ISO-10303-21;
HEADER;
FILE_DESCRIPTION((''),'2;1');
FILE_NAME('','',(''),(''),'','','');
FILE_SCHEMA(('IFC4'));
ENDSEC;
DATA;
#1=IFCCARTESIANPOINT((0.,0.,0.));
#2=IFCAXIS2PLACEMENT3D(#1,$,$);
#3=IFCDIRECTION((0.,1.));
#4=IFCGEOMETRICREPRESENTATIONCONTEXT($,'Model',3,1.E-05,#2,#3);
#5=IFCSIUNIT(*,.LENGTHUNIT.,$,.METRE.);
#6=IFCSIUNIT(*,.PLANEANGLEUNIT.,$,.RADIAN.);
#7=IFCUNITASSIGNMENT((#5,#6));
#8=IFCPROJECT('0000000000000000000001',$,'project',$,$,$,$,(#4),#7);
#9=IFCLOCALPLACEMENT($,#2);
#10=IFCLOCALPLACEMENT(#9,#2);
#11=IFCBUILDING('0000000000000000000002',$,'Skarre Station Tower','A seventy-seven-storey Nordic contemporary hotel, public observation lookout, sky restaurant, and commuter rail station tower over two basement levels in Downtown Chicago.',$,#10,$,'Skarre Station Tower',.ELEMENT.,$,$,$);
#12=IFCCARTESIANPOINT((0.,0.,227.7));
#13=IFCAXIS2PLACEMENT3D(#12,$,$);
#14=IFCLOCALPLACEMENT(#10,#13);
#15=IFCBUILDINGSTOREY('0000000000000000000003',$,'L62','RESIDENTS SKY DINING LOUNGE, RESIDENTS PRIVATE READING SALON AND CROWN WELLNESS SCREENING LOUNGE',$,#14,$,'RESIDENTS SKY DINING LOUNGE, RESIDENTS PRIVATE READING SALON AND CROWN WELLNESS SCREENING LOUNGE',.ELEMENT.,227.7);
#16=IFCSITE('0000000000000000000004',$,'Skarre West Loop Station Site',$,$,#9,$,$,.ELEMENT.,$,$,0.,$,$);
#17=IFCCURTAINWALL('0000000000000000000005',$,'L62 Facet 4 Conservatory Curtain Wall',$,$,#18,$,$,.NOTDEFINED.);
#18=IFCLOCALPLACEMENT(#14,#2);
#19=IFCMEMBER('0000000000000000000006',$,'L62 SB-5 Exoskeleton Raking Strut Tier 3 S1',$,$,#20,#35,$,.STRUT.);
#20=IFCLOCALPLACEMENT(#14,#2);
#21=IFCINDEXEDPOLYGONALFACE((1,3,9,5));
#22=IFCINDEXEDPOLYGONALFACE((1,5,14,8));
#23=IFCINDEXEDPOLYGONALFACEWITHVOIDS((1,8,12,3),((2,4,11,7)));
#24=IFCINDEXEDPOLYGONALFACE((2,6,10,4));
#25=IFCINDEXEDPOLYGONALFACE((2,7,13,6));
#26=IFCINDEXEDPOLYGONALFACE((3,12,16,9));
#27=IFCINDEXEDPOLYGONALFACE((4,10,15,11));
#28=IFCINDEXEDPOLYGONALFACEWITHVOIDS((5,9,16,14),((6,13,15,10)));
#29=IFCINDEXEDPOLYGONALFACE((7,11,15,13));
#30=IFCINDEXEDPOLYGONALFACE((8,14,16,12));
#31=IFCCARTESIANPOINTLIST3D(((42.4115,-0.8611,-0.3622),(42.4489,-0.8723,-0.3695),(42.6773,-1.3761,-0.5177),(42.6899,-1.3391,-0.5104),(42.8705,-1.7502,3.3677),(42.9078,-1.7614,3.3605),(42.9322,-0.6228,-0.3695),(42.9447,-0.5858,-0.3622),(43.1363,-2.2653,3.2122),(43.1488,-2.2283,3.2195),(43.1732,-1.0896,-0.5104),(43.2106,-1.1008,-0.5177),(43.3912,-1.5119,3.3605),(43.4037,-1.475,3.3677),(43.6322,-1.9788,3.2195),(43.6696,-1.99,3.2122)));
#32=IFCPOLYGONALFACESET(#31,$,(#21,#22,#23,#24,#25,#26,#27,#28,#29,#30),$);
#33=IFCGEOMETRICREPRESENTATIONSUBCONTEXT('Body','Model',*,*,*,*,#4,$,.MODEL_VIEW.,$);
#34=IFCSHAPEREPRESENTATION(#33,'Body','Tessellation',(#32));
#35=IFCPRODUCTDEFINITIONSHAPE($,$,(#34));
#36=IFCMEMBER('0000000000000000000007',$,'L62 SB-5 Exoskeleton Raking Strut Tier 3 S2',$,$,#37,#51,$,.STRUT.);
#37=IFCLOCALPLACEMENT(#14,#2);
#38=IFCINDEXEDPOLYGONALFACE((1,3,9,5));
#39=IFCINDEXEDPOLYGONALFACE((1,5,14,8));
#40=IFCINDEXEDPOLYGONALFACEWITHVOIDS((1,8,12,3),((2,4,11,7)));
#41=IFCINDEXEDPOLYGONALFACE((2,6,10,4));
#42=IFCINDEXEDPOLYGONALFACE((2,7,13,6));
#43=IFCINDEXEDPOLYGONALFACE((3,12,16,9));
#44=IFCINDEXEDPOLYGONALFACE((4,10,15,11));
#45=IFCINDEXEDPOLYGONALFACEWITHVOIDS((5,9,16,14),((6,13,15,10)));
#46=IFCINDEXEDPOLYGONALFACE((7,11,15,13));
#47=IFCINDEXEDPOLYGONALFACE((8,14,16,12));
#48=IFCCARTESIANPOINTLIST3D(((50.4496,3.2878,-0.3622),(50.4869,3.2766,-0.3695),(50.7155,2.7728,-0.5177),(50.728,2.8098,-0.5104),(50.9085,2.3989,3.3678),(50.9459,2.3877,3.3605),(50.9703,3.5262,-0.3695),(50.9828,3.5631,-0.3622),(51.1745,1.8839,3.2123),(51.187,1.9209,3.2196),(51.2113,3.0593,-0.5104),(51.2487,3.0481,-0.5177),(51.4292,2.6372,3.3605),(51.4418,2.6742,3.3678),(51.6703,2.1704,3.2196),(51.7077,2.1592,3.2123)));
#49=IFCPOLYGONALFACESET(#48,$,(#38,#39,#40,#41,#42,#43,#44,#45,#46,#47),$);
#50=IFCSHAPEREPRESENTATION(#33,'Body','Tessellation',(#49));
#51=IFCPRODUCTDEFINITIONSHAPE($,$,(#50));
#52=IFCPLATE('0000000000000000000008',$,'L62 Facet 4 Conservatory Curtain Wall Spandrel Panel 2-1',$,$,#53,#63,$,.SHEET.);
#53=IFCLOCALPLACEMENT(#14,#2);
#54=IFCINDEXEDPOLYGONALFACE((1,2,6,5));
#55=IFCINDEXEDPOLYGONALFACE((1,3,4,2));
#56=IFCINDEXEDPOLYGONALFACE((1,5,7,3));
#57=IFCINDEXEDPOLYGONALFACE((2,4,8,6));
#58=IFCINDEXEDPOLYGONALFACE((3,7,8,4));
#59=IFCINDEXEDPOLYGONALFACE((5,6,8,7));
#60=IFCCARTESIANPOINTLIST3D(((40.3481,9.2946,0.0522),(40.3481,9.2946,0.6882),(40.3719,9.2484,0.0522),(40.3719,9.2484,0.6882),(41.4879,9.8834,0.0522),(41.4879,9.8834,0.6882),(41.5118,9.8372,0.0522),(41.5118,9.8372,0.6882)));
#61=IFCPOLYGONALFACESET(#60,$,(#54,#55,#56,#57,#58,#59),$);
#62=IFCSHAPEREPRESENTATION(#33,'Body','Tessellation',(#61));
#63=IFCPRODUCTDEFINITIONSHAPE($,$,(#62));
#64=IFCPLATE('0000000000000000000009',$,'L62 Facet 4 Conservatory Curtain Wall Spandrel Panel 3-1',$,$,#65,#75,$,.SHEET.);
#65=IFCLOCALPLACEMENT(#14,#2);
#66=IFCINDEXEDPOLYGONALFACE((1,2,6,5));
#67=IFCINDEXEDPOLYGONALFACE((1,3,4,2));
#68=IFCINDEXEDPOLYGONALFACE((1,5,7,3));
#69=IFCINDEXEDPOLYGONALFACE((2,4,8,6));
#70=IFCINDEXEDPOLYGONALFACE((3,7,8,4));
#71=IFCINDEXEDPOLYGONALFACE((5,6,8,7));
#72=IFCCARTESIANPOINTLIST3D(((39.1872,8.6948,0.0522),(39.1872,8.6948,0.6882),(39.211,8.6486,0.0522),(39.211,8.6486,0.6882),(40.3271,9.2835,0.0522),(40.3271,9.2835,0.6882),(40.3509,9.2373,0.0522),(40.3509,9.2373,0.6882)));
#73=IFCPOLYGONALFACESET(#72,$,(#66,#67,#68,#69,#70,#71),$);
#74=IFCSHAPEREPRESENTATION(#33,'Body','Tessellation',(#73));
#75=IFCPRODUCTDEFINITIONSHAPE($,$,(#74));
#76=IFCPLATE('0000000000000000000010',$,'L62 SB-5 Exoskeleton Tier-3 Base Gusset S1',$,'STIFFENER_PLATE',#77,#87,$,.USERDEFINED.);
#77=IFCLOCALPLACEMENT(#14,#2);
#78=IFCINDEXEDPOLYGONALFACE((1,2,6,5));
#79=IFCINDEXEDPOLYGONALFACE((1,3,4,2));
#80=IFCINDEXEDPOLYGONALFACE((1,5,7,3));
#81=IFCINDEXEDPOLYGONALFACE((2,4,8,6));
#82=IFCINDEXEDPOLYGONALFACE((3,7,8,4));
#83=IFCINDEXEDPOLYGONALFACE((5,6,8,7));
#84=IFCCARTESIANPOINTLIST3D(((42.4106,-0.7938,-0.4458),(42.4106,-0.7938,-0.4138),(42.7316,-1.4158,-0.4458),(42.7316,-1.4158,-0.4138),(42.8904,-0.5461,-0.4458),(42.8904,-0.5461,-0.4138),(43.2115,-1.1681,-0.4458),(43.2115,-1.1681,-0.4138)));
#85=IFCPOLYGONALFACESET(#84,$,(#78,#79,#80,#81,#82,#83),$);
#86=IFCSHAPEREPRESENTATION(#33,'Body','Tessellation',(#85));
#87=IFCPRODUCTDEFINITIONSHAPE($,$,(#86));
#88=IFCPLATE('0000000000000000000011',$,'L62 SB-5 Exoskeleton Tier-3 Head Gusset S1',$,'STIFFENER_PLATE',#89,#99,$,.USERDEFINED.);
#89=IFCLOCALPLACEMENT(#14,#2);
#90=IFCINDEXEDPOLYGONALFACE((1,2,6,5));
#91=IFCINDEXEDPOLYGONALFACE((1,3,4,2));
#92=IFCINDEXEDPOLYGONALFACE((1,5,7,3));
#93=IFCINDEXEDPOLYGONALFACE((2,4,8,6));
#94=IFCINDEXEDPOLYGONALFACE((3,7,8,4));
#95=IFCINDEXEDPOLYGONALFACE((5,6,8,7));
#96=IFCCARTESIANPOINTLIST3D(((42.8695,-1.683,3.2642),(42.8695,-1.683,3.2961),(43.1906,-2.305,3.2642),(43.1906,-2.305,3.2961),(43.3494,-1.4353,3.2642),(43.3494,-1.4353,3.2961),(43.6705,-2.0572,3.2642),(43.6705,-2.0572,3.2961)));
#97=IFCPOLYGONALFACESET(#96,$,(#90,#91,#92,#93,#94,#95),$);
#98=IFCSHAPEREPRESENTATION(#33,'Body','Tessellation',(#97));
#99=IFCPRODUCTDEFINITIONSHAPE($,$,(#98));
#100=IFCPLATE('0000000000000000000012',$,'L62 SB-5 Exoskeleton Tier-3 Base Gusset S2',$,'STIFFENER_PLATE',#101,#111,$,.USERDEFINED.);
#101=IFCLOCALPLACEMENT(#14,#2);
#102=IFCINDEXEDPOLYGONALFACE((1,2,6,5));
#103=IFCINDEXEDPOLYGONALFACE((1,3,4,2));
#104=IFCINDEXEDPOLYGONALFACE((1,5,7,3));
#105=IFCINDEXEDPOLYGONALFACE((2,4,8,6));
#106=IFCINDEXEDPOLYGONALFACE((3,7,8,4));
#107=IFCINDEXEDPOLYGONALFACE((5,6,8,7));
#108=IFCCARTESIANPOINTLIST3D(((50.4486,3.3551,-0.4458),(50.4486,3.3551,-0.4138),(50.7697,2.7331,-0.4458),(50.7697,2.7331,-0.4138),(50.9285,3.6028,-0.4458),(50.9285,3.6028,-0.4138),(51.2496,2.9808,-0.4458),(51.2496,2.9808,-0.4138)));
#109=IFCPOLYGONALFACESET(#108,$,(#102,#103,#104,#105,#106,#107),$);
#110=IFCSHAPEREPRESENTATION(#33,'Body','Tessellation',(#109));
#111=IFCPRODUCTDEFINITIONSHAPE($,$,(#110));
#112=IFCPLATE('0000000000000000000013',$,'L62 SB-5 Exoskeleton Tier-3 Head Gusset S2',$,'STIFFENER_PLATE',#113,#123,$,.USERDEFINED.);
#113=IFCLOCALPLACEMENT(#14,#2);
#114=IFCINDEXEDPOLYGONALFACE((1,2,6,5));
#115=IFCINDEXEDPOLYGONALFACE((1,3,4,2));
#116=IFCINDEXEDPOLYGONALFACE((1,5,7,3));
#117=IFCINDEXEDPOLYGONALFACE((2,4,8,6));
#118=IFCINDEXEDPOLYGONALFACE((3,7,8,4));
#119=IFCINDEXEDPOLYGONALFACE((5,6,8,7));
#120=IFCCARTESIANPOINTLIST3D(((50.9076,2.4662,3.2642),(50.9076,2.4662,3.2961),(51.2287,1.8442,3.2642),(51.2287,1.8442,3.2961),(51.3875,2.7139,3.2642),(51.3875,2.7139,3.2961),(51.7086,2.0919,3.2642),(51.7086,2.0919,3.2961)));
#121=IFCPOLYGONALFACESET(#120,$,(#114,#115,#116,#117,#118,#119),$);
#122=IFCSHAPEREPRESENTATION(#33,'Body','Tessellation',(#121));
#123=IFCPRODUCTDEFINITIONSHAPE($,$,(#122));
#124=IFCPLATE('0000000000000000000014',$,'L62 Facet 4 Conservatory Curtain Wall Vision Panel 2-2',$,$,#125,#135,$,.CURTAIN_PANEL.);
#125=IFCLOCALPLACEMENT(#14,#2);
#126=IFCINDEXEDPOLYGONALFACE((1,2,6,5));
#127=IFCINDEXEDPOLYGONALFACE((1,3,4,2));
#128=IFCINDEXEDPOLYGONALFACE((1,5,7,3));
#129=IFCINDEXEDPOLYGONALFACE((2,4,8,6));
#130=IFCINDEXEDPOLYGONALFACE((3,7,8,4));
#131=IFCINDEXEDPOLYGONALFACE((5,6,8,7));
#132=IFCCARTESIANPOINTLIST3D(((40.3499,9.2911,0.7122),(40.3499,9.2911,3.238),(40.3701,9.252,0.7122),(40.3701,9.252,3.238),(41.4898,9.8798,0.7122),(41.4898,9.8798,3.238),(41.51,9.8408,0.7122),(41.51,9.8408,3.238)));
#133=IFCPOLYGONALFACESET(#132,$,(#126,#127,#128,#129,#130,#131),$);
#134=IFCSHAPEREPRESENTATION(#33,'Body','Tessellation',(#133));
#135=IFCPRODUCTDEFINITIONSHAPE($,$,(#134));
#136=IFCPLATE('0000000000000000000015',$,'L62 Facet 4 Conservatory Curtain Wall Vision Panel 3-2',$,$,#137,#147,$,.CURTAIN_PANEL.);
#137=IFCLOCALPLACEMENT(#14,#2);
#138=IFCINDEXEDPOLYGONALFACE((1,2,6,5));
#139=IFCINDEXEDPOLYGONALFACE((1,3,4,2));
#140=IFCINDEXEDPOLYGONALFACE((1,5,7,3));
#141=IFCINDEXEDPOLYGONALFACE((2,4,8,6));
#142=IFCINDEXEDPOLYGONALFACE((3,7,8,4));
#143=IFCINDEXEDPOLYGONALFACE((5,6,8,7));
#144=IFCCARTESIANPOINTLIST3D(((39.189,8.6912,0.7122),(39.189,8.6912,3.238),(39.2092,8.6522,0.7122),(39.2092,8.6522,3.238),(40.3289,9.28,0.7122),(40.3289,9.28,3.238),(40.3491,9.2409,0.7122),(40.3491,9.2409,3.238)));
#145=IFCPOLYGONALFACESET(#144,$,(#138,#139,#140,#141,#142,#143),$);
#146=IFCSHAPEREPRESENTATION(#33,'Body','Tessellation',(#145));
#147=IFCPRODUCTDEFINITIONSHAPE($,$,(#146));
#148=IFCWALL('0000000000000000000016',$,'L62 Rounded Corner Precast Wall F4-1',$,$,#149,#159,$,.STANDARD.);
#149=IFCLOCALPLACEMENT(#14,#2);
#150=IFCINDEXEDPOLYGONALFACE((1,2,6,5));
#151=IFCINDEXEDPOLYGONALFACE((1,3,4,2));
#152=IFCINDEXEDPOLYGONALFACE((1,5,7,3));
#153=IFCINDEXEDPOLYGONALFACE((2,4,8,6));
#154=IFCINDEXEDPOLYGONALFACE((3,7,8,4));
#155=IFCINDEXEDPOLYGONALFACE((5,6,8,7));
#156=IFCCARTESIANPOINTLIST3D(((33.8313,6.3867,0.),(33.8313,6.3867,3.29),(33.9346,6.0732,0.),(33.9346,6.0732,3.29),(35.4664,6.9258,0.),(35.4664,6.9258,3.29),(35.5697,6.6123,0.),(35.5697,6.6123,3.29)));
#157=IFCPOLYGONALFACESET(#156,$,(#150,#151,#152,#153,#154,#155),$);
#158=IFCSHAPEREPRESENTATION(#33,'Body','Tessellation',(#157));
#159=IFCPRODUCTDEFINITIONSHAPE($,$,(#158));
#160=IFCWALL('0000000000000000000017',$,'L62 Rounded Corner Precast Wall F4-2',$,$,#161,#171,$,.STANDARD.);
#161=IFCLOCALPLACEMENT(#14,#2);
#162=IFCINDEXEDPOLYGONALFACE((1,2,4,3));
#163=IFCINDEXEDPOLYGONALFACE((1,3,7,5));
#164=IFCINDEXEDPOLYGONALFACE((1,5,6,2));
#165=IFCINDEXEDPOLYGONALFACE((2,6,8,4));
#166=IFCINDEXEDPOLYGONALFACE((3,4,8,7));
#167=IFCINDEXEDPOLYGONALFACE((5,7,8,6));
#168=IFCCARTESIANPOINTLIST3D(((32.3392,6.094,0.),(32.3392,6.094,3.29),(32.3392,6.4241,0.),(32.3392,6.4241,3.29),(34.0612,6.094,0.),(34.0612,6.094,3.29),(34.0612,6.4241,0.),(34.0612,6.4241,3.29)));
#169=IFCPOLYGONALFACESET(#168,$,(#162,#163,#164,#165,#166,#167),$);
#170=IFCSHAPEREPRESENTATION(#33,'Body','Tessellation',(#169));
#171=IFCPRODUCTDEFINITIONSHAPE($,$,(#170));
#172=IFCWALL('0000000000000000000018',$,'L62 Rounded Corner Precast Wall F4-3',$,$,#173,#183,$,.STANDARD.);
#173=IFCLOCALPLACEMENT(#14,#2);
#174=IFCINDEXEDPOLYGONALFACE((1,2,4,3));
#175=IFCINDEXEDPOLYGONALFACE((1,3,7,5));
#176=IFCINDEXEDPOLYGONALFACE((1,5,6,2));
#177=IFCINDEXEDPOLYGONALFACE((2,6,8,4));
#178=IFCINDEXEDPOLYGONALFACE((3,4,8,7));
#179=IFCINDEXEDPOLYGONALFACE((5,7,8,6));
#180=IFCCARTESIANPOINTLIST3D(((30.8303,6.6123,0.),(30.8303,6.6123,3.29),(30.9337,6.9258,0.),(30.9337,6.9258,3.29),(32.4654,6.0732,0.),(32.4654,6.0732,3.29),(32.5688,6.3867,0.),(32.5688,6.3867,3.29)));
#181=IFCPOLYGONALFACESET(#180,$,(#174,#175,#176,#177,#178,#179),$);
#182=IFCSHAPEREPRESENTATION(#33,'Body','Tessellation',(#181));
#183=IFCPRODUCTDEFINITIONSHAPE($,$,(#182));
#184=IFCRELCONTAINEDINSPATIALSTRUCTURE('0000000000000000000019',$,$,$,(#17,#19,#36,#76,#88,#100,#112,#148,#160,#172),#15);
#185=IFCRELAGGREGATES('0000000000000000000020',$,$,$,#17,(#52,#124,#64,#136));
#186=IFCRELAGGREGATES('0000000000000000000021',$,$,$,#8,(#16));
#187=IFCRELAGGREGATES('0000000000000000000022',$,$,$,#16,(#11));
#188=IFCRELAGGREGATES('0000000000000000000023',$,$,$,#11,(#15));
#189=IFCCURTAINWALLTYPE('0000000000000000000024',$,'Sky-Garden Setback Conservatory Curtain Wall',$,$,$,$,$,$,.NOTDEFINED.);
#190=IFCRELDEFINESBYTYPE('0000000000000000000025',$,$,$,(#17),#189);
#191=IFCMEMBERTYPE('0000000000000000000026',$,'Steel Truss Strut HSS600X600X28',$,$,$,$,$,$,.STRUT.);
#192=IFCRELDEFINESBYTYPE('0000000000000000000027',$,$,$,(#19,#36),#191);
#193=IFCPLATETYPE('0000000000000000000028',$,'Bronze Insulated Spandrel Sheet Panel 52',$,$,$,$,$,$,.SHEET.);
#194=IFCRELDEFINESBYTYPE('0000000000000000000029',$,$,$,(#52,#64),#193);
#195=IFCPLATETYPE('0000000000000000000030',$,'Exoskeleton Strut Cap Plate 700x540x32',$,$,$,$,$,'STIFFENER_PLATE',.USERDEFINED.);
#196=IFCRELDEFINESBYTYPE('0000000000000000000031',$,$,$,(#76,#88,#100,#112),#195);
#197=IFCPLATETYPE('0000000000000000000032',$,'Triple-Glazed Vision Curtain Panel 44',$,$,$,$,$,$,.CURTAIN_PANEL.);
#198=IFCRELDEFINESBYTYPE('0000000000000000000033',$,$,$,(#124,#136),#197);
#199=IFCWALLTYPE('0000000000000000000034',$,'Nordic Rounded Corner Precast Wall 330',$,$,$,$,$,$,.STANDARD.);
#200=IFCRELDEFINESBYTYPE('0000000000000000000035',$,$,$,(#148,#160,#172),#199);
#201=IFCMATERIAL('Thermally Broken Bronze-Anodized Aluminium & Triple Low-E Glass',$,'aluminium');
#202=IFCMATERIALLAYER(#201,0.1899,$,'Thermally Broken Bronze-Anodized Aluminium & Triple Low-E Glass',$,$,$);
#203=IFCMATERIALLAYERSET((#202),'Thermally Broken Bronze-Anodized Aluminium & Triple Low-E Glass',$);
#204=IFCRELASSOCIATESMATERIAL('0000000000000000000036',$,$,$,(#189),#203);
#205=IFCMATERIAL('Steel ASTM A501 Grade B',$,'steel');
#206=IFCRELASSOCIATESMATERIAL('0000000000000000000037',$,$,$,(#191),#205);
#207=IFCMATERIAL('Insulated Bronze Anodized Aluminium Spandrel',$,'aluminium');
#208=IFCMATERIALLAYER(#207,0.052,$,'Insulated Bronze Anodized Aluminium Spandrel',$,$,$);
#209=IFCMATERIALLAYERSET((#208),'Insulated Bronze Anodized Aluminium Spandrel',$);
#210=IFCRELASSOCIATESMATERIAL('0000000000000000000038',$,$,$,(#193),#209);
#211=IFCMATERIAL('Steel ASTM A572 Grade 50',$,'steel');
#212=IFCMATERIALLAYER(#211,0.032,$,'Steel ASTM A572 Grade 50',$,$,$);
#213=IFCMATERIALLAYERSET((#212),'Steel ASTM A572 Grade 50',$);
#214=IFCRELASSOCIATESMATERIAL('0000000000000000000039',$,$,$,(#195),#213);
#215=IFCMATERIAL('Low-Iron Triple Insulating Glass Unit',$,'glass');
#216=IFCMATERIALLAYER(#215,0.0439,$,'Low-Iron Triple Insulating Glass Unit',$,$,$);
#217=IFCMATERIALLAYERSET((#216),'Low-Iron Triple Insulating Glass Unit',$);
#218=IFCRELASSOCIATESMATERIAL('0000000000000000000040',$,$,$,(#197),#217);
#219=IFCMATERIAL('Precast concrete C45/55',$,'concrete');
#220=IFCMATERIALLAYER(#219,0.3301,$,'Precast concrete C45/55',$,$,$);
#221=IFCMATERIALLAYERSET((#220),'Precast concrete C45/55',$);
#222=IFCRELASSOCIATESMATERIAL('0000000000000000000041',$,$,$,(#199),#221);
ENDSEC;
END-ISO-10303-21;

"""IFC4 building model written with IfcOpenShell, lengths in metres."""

from ifc_helpers import new_model, si_unit, direction, frame, frame_2d, origin, origin_2d, place, context, subcontext, project, spatial, rectangle, hollow_rectangle, extrude, material, layer, layer_set, material_profile, profile_set, type_object, element, aggregate, save


model = new_model("IFC4")

# Units and contexts
model_context = context("Model", 3, precision=1e-05, world=origin(), true_north=direction((0.0, 1.0)))
body_context = subcontext(model_context, "Body", "Model", "MODEL_VIEW")
ifc_project = project(units=[si_unit("LENGTHUNIT", "METRE"), si_unit("PLANEANGLEUNIT", "RADIAN")], contexts=[model_context])

# Site, building, storey
site_placement = place(None, origin())
site = spatial("IfcSite", under=ifc_project, at=site_placement, Name="Skarre West Loop Station Site", CompositionType="ELEMENT", RefElevation=0.0)
building_placement = place(site_placement, origin())
building = spatial("IfcBuilding", under=site, at=building_placement, Name="Skarre Station Tower", Description="A seventy-seven-storey Nordic contemporary hotel, public observation lookout, sky restaurant, and commuter rail station tower over two basement levels in Downtown Chicago.", LongName="Skarre Station Tower", CompositionType="ELEMENT")
storey_placement = place(building_placement, frame((0.0, 0.0, 227.7)))
storey = spatial("IfcBuildingStorey", under=building, at=storey_placement, Name="L62", Description="RESIDENTS SKY DINING LOUNGE, RESIDENTS PRIVATE READING SALON AND CROWN WELLNESS SCREENING LOUNGE", LongName="RESIDENTS SKY DINING LOUNGE, RESIDENTS PRIVATE READING SALON AND CROWN WELLNESS SCREENING LOUNGE", CompositionType="ELEMENT", Elevation=227.7)

# Curtain wall
ifc_material_1 = material(Name="Thermally Broken Bronze-Anodized Aluminium & Triple Low-E Glass", Category="aluminium")
ifc_layer_1 = layer(ifc_material_1, 0.1899, Name="Thermally Broken Bronze-Anodized Aluminium & Triple Low-E Glass")
ifc_layer_set_1 = layer_set([ifc_layer_1], Name="Thermally Broken Bronze-Anodized Aluminium & Triple Low-E Glass")
curtain_wall_type = type_object("IfcCurtainWallType", Name="Sky-Garden Setback Conservatory Curtain Wall", PredefinedType="NOTDEFINED", material=ifc_layer_set_1)
curtain_wall_placement = place(storey_placement, origin())
curtain_wall = element("IfcCurtainWall", 1, at=curtain_wall_placement, inside=storey, type_object=curtain_wall_type, Name="L62 Facet 4 Conservatory Curtain Wall", PredefinedType="NOTDEFINED")

# Members
ifc_material_2 = material(Name="Steel ASTM A501 Grade B", Category="steel")
ifc_material_profile_1 = material_profile(ifc_material_2, hollow_rectangle(XDim=0.6001, YDim=0.6001, WallThickness=0.0281, at=origin_2d()), Name="Steel ASTM A501 Grade B")
ifc_profile_set_1 = profile_set([ifc_material_profile_1], Name="Steel ASTM A501 Grade B")
member_type_1 = type_object("IfcMemberType", Name="Steel Truss Strut HSS600X600X28", PredefinedType="STRUT", material=ifc_profile_set_1)
for number, where, z_axis, x_axis, name in (
    (2, (42.811, -0.981, -0.4399), (0.11885, -0.230241, 0.965849), (0.888595, 0.458693, 0.0), "L62 SB-5 Exoskeleton Raking Strut Tier 3 S1"),
    (3, (50.8491, 3.168, -0.4399), (0.118852, -0.230181, 0.965863), (0.888544, 0.458792, 0.0), "L62 SB-5 Exoskeleton Raking Strut Tier 3 S2"),
):
    element("IfcMember", number, at=place(storey_placement, frame(where, z_axis=z_axis, x_axis=x_axis)), inside=storey, type_object=member_type_1, Name=name, PredefinedType="STRUT", context=body_context, shape_type="SweptSolid", body=[
        extrude(hollow_rectangle(XDim=0.6001, YDim=0.6001, WallThickness=0.0281, at=origin_2d()), origin(), (0.0, 0.0, 1.0), 3.8618),
    ])

# Plates
ifc_material_3 = material(Name="Insulated Bronze Anodized Aluminium Spandrel", Category="aluminium")
ifc_layer_2 = layer(ifc_material_3, 0.052, Name="Insulated Bronze Anodized Aluminium Spandrel")
ifc_layer_set_2 = layer_set([ifc_layer_2], Name="Insulated Bronze Anodized Aluminium Spandrel")
plate_type_1 = type_object("IfcPlateType", Name="Bronze Insulated Spandrel Sheet Panel 52", PredefinedType="SHEET", material=ifc_layer_set_2)
plate_1_placement = place(storey_placement, frame((40.9299, 9.5659, 0.0522), z_axis=(0.0, 0.0, 1.0), x_axis=(-0.888481, -0.458913, 0.0)))
plate_1 = element("IfcPlate", 4, at=plate_1_placement, type_object=plate_type_1, Name="L62 Facet 4 Conservatory Curtain Wall Spandrel Panel 2-1", PredefinedType="SHEET", context=body_context, shape_type="SweptSolid", body=[
    extrude(rectangle(XDim=1.283, YDim=0.052, at=origin_2d()), origin(), (0.0, 0.0, 1.0), 0.636),
])
plate_2_placement = place(storey_placement, frame((39.769, 8.9661, 0.0522), z_axis=(0.0, 0.0, 1.0), x_axis=(-0.888481, -0.458913, 0.0)))
plate_2 = element("IfcPlate", 5, at=plate_2_placement, type_object=plate_type_1, Name="L62 Facet 4 Conservatory Curtain Wall Spandrel Panel 3-1", PredefinedType="SHEET", context=body_context, shape_type="SweptSolid", body=[
    extrude(rectangle(XDim=1.283, YDim=0.052, at=origin_2d()), origin(), (0.0, 0.0, 1.0), 0.636),
])

# Plates
ifc_material_4 = material(Name="Steel ASTM A572 Grade 50", Category="steel")
ifc_layer_3 = layer(ifc_material_4, 0.032, Name="Steel ASTM A572 Grade 50")
ifc_layer_set_3 = layer_set([ifc_layer_3], Name="Steel ASTM A572 Grade 50")
plate_type_2 = type_object("IfcPlateType", Name="Exoskeleton Strut Cap Plate 700x540x32", ElementType="STIFFENER_PLATE", PredefinedType="USERDEFINED", material=ifc_layer_set_3)
for number, where, z_axis, x_axis, name in (
    (6, (42.811, -0.981, -0.4458), (0.0, 0.0, 1.0), (0.458712, -0.888585, 0.0), "L62 SB-5 Exoskeleton Tier-3 Base Gusset S1"),
    (7, (43.27, -1.8701, 3.2642), (0.0, 0.0, 1.0), (0.458712, -0.888585, 0.0), "L62 SB-5 Exoskeleton Tier-3 Head Gusset S1"),
    (8, (50.8491, 3.168, -0.4458), (0.0, 0.0, 1.0), (0.458712, -0.888585, 0.0), "L62 SB-5 Exoskeleton Tier-3 Base Gusset S2"),
    (9, (51.3081, 2.2791, 3.2642), (0.0, 0.0, 1.0), (0.458712, -0.888585, 0.0), "L62 SB-5 Exoskeleton Tier-3 Head Gusset S2"),
):
    element("IfcPlate", number, at=place(storey_placement, frame(where, z_axis=z_axis, x_axis=x_axis)), inside=storey, type_object=plate_type_2, Name=name, ObjectType="STIFFENER_PLATE", PredefinedType="USERDEFINED", context=body_context, shape_type="SweptSolid", body=[
        extrude(rectangle(XDim=0.7, YDim=0.54, at=origin_2d()), origin(), (0.0, 0.0, 1.0), 0.032),
    ])

# Plates
ifc_material_5 = material(Name="Low-Iron Triple Insulating Glass Unit", Category="glass")
ifc_layer_4 = layer(ifc_material_5, 0.0439, Name="Low-Iron Triple Insulating Glass Unit")
ifc_layer_set_4 = layer_set([ifc_layer_4], Name="Low-Iron Triple Insulating Glass Unit")
plate_type_3 = type_object("IfcPlateType", Name="Triple-Glazed Vision Curtain Panel 44", PredefinedType="CURTAIN_PANEL", material=ifc_layer_set_4)
plate_3_placement = place(storey_placement, frame((40.9299, 9.5659, 0.7122), z_axis=(0.0, 0.0, 1.0), x_axis=(-0.888481, -0.458913, 0.0)))
plate_3 = element("IfcPlate", 10, at=plate_3_placement, type_object=plate_type_3, Name="L62 Facet 4 Conservatory Curtain Wall Vision Panel 2-2", PredefinedType="CURTAIN_PANEL", context=body_context, shape_type="SweptSolid", body=[
    extrude(rectangle(XDim=1.283, YDim=0.0439, at=origin_2d()), origin(), (0.0, 0.0, 1.0), 2.5259),
])
plate_4_placement = place(storey_placement, frame((39.769, 8.9661, 0.7122), z_axis=(0.0, 0.0, 1.0), x_axis=(-0.888481, -0.458913, 0.0)))
plate_4 = element("IfcPlate", 11, at=plate_4_placement, type_object=plate_type_3, Name="L62 Facet 4 Conservatory Curtain Wall Vision Panel 3-2", PredefinedType="CURTAIN_PANEL", context=body_context, shape_type="SweptSolid", body=[
    extrude(rectangle(XDim=1.283, YDim=0.0439, at=origin_2d()), origin(), (0.0, 0.0, 1.0), 2.5259),
])
aggregate(curtain_wall, [plate_1, plate_3, plate_2, plate_4])

# Walls
ifc_material_6 = material(Name="Precast concrete C45/55", Category="concrete")
ifc_layer_5 = layer(ifc_material_6, 0.3301, Name="Precast concrete C45/55")
ifc_layer_set_5 = layer_set([ifc_layer_5], Name="Precast concrete C45/55")
wall_type_1 = type_object("IfcWallType", Name="Nordic Rounded Corner Precast Wall 330", PredefinedType="STANDARD", material=ifc_layer_set_5)
wall_1_placement = place(storey_placement, frame((35.5181, 6.769, 0.0), z_axis=(0.0, 0.0, 1.0), x_axis=(-0.949713, -0.31312, 0.0)))
element("IfcWall", 12, at=wall_1_placement, inside=storey, type_object=wall_type_1, Name="L62 Rounded Corner Precast Wall F4-1", PredefinedType="STANDARD", context=body_context, shape_type="SweptSolid", body=[
    extrude(rectangle(XDim=1.7217, YDim=0.3301, at=frame_2d((0.8608, 0.0))), origin(), (0.0, 0.0, 1.0), 3.29),
])
wall_2_placement = place(storey_placement, frame((34.061, 6.259, 0.0), z_axis=(0.0, 0.0, 1.0), x_axis=(-1.0, 0.0, 0.0)))
element("IfcWall", 13, at=wall_2_placement, inside=storey, type_object=wall_type_1, Name="L62 Rounded Corner Precast Wall F4-2", PredefinedType="STANDARD", context=body_context, shape_type="SweptSolid", body=[
    extrude(rectangle(XDim=1.7219, YDim=0.3301, at=frame_2d((0.8608, 0.0))), origin(), (0.0, 0.0, 1.0), 3.29),
])
wall_3_placement = place(storey_placement, frame((32.5171, 6.23, 0.0), z_axis=(0.0, 0.0, 1.0), x_axis=(-0.949713, 0.31312, 0.0)))
element("IfcWall", 14, at=wall_3_placement, inside=storey, type_object=wall_type_1, Name="L62 Rounded Corner Precast Wall F4-3", PredefinedType="STANDARD", context=body_context, shape_type="SweptSolid", body=[
    extrude(rectangle(XDim=1.7217, YDim=0.3301, at=frame_2d((0.8608, 0.0))), origin(), (0.0, 0.0, 1.0), 3.29),
])

save(model, "model.ifc")
